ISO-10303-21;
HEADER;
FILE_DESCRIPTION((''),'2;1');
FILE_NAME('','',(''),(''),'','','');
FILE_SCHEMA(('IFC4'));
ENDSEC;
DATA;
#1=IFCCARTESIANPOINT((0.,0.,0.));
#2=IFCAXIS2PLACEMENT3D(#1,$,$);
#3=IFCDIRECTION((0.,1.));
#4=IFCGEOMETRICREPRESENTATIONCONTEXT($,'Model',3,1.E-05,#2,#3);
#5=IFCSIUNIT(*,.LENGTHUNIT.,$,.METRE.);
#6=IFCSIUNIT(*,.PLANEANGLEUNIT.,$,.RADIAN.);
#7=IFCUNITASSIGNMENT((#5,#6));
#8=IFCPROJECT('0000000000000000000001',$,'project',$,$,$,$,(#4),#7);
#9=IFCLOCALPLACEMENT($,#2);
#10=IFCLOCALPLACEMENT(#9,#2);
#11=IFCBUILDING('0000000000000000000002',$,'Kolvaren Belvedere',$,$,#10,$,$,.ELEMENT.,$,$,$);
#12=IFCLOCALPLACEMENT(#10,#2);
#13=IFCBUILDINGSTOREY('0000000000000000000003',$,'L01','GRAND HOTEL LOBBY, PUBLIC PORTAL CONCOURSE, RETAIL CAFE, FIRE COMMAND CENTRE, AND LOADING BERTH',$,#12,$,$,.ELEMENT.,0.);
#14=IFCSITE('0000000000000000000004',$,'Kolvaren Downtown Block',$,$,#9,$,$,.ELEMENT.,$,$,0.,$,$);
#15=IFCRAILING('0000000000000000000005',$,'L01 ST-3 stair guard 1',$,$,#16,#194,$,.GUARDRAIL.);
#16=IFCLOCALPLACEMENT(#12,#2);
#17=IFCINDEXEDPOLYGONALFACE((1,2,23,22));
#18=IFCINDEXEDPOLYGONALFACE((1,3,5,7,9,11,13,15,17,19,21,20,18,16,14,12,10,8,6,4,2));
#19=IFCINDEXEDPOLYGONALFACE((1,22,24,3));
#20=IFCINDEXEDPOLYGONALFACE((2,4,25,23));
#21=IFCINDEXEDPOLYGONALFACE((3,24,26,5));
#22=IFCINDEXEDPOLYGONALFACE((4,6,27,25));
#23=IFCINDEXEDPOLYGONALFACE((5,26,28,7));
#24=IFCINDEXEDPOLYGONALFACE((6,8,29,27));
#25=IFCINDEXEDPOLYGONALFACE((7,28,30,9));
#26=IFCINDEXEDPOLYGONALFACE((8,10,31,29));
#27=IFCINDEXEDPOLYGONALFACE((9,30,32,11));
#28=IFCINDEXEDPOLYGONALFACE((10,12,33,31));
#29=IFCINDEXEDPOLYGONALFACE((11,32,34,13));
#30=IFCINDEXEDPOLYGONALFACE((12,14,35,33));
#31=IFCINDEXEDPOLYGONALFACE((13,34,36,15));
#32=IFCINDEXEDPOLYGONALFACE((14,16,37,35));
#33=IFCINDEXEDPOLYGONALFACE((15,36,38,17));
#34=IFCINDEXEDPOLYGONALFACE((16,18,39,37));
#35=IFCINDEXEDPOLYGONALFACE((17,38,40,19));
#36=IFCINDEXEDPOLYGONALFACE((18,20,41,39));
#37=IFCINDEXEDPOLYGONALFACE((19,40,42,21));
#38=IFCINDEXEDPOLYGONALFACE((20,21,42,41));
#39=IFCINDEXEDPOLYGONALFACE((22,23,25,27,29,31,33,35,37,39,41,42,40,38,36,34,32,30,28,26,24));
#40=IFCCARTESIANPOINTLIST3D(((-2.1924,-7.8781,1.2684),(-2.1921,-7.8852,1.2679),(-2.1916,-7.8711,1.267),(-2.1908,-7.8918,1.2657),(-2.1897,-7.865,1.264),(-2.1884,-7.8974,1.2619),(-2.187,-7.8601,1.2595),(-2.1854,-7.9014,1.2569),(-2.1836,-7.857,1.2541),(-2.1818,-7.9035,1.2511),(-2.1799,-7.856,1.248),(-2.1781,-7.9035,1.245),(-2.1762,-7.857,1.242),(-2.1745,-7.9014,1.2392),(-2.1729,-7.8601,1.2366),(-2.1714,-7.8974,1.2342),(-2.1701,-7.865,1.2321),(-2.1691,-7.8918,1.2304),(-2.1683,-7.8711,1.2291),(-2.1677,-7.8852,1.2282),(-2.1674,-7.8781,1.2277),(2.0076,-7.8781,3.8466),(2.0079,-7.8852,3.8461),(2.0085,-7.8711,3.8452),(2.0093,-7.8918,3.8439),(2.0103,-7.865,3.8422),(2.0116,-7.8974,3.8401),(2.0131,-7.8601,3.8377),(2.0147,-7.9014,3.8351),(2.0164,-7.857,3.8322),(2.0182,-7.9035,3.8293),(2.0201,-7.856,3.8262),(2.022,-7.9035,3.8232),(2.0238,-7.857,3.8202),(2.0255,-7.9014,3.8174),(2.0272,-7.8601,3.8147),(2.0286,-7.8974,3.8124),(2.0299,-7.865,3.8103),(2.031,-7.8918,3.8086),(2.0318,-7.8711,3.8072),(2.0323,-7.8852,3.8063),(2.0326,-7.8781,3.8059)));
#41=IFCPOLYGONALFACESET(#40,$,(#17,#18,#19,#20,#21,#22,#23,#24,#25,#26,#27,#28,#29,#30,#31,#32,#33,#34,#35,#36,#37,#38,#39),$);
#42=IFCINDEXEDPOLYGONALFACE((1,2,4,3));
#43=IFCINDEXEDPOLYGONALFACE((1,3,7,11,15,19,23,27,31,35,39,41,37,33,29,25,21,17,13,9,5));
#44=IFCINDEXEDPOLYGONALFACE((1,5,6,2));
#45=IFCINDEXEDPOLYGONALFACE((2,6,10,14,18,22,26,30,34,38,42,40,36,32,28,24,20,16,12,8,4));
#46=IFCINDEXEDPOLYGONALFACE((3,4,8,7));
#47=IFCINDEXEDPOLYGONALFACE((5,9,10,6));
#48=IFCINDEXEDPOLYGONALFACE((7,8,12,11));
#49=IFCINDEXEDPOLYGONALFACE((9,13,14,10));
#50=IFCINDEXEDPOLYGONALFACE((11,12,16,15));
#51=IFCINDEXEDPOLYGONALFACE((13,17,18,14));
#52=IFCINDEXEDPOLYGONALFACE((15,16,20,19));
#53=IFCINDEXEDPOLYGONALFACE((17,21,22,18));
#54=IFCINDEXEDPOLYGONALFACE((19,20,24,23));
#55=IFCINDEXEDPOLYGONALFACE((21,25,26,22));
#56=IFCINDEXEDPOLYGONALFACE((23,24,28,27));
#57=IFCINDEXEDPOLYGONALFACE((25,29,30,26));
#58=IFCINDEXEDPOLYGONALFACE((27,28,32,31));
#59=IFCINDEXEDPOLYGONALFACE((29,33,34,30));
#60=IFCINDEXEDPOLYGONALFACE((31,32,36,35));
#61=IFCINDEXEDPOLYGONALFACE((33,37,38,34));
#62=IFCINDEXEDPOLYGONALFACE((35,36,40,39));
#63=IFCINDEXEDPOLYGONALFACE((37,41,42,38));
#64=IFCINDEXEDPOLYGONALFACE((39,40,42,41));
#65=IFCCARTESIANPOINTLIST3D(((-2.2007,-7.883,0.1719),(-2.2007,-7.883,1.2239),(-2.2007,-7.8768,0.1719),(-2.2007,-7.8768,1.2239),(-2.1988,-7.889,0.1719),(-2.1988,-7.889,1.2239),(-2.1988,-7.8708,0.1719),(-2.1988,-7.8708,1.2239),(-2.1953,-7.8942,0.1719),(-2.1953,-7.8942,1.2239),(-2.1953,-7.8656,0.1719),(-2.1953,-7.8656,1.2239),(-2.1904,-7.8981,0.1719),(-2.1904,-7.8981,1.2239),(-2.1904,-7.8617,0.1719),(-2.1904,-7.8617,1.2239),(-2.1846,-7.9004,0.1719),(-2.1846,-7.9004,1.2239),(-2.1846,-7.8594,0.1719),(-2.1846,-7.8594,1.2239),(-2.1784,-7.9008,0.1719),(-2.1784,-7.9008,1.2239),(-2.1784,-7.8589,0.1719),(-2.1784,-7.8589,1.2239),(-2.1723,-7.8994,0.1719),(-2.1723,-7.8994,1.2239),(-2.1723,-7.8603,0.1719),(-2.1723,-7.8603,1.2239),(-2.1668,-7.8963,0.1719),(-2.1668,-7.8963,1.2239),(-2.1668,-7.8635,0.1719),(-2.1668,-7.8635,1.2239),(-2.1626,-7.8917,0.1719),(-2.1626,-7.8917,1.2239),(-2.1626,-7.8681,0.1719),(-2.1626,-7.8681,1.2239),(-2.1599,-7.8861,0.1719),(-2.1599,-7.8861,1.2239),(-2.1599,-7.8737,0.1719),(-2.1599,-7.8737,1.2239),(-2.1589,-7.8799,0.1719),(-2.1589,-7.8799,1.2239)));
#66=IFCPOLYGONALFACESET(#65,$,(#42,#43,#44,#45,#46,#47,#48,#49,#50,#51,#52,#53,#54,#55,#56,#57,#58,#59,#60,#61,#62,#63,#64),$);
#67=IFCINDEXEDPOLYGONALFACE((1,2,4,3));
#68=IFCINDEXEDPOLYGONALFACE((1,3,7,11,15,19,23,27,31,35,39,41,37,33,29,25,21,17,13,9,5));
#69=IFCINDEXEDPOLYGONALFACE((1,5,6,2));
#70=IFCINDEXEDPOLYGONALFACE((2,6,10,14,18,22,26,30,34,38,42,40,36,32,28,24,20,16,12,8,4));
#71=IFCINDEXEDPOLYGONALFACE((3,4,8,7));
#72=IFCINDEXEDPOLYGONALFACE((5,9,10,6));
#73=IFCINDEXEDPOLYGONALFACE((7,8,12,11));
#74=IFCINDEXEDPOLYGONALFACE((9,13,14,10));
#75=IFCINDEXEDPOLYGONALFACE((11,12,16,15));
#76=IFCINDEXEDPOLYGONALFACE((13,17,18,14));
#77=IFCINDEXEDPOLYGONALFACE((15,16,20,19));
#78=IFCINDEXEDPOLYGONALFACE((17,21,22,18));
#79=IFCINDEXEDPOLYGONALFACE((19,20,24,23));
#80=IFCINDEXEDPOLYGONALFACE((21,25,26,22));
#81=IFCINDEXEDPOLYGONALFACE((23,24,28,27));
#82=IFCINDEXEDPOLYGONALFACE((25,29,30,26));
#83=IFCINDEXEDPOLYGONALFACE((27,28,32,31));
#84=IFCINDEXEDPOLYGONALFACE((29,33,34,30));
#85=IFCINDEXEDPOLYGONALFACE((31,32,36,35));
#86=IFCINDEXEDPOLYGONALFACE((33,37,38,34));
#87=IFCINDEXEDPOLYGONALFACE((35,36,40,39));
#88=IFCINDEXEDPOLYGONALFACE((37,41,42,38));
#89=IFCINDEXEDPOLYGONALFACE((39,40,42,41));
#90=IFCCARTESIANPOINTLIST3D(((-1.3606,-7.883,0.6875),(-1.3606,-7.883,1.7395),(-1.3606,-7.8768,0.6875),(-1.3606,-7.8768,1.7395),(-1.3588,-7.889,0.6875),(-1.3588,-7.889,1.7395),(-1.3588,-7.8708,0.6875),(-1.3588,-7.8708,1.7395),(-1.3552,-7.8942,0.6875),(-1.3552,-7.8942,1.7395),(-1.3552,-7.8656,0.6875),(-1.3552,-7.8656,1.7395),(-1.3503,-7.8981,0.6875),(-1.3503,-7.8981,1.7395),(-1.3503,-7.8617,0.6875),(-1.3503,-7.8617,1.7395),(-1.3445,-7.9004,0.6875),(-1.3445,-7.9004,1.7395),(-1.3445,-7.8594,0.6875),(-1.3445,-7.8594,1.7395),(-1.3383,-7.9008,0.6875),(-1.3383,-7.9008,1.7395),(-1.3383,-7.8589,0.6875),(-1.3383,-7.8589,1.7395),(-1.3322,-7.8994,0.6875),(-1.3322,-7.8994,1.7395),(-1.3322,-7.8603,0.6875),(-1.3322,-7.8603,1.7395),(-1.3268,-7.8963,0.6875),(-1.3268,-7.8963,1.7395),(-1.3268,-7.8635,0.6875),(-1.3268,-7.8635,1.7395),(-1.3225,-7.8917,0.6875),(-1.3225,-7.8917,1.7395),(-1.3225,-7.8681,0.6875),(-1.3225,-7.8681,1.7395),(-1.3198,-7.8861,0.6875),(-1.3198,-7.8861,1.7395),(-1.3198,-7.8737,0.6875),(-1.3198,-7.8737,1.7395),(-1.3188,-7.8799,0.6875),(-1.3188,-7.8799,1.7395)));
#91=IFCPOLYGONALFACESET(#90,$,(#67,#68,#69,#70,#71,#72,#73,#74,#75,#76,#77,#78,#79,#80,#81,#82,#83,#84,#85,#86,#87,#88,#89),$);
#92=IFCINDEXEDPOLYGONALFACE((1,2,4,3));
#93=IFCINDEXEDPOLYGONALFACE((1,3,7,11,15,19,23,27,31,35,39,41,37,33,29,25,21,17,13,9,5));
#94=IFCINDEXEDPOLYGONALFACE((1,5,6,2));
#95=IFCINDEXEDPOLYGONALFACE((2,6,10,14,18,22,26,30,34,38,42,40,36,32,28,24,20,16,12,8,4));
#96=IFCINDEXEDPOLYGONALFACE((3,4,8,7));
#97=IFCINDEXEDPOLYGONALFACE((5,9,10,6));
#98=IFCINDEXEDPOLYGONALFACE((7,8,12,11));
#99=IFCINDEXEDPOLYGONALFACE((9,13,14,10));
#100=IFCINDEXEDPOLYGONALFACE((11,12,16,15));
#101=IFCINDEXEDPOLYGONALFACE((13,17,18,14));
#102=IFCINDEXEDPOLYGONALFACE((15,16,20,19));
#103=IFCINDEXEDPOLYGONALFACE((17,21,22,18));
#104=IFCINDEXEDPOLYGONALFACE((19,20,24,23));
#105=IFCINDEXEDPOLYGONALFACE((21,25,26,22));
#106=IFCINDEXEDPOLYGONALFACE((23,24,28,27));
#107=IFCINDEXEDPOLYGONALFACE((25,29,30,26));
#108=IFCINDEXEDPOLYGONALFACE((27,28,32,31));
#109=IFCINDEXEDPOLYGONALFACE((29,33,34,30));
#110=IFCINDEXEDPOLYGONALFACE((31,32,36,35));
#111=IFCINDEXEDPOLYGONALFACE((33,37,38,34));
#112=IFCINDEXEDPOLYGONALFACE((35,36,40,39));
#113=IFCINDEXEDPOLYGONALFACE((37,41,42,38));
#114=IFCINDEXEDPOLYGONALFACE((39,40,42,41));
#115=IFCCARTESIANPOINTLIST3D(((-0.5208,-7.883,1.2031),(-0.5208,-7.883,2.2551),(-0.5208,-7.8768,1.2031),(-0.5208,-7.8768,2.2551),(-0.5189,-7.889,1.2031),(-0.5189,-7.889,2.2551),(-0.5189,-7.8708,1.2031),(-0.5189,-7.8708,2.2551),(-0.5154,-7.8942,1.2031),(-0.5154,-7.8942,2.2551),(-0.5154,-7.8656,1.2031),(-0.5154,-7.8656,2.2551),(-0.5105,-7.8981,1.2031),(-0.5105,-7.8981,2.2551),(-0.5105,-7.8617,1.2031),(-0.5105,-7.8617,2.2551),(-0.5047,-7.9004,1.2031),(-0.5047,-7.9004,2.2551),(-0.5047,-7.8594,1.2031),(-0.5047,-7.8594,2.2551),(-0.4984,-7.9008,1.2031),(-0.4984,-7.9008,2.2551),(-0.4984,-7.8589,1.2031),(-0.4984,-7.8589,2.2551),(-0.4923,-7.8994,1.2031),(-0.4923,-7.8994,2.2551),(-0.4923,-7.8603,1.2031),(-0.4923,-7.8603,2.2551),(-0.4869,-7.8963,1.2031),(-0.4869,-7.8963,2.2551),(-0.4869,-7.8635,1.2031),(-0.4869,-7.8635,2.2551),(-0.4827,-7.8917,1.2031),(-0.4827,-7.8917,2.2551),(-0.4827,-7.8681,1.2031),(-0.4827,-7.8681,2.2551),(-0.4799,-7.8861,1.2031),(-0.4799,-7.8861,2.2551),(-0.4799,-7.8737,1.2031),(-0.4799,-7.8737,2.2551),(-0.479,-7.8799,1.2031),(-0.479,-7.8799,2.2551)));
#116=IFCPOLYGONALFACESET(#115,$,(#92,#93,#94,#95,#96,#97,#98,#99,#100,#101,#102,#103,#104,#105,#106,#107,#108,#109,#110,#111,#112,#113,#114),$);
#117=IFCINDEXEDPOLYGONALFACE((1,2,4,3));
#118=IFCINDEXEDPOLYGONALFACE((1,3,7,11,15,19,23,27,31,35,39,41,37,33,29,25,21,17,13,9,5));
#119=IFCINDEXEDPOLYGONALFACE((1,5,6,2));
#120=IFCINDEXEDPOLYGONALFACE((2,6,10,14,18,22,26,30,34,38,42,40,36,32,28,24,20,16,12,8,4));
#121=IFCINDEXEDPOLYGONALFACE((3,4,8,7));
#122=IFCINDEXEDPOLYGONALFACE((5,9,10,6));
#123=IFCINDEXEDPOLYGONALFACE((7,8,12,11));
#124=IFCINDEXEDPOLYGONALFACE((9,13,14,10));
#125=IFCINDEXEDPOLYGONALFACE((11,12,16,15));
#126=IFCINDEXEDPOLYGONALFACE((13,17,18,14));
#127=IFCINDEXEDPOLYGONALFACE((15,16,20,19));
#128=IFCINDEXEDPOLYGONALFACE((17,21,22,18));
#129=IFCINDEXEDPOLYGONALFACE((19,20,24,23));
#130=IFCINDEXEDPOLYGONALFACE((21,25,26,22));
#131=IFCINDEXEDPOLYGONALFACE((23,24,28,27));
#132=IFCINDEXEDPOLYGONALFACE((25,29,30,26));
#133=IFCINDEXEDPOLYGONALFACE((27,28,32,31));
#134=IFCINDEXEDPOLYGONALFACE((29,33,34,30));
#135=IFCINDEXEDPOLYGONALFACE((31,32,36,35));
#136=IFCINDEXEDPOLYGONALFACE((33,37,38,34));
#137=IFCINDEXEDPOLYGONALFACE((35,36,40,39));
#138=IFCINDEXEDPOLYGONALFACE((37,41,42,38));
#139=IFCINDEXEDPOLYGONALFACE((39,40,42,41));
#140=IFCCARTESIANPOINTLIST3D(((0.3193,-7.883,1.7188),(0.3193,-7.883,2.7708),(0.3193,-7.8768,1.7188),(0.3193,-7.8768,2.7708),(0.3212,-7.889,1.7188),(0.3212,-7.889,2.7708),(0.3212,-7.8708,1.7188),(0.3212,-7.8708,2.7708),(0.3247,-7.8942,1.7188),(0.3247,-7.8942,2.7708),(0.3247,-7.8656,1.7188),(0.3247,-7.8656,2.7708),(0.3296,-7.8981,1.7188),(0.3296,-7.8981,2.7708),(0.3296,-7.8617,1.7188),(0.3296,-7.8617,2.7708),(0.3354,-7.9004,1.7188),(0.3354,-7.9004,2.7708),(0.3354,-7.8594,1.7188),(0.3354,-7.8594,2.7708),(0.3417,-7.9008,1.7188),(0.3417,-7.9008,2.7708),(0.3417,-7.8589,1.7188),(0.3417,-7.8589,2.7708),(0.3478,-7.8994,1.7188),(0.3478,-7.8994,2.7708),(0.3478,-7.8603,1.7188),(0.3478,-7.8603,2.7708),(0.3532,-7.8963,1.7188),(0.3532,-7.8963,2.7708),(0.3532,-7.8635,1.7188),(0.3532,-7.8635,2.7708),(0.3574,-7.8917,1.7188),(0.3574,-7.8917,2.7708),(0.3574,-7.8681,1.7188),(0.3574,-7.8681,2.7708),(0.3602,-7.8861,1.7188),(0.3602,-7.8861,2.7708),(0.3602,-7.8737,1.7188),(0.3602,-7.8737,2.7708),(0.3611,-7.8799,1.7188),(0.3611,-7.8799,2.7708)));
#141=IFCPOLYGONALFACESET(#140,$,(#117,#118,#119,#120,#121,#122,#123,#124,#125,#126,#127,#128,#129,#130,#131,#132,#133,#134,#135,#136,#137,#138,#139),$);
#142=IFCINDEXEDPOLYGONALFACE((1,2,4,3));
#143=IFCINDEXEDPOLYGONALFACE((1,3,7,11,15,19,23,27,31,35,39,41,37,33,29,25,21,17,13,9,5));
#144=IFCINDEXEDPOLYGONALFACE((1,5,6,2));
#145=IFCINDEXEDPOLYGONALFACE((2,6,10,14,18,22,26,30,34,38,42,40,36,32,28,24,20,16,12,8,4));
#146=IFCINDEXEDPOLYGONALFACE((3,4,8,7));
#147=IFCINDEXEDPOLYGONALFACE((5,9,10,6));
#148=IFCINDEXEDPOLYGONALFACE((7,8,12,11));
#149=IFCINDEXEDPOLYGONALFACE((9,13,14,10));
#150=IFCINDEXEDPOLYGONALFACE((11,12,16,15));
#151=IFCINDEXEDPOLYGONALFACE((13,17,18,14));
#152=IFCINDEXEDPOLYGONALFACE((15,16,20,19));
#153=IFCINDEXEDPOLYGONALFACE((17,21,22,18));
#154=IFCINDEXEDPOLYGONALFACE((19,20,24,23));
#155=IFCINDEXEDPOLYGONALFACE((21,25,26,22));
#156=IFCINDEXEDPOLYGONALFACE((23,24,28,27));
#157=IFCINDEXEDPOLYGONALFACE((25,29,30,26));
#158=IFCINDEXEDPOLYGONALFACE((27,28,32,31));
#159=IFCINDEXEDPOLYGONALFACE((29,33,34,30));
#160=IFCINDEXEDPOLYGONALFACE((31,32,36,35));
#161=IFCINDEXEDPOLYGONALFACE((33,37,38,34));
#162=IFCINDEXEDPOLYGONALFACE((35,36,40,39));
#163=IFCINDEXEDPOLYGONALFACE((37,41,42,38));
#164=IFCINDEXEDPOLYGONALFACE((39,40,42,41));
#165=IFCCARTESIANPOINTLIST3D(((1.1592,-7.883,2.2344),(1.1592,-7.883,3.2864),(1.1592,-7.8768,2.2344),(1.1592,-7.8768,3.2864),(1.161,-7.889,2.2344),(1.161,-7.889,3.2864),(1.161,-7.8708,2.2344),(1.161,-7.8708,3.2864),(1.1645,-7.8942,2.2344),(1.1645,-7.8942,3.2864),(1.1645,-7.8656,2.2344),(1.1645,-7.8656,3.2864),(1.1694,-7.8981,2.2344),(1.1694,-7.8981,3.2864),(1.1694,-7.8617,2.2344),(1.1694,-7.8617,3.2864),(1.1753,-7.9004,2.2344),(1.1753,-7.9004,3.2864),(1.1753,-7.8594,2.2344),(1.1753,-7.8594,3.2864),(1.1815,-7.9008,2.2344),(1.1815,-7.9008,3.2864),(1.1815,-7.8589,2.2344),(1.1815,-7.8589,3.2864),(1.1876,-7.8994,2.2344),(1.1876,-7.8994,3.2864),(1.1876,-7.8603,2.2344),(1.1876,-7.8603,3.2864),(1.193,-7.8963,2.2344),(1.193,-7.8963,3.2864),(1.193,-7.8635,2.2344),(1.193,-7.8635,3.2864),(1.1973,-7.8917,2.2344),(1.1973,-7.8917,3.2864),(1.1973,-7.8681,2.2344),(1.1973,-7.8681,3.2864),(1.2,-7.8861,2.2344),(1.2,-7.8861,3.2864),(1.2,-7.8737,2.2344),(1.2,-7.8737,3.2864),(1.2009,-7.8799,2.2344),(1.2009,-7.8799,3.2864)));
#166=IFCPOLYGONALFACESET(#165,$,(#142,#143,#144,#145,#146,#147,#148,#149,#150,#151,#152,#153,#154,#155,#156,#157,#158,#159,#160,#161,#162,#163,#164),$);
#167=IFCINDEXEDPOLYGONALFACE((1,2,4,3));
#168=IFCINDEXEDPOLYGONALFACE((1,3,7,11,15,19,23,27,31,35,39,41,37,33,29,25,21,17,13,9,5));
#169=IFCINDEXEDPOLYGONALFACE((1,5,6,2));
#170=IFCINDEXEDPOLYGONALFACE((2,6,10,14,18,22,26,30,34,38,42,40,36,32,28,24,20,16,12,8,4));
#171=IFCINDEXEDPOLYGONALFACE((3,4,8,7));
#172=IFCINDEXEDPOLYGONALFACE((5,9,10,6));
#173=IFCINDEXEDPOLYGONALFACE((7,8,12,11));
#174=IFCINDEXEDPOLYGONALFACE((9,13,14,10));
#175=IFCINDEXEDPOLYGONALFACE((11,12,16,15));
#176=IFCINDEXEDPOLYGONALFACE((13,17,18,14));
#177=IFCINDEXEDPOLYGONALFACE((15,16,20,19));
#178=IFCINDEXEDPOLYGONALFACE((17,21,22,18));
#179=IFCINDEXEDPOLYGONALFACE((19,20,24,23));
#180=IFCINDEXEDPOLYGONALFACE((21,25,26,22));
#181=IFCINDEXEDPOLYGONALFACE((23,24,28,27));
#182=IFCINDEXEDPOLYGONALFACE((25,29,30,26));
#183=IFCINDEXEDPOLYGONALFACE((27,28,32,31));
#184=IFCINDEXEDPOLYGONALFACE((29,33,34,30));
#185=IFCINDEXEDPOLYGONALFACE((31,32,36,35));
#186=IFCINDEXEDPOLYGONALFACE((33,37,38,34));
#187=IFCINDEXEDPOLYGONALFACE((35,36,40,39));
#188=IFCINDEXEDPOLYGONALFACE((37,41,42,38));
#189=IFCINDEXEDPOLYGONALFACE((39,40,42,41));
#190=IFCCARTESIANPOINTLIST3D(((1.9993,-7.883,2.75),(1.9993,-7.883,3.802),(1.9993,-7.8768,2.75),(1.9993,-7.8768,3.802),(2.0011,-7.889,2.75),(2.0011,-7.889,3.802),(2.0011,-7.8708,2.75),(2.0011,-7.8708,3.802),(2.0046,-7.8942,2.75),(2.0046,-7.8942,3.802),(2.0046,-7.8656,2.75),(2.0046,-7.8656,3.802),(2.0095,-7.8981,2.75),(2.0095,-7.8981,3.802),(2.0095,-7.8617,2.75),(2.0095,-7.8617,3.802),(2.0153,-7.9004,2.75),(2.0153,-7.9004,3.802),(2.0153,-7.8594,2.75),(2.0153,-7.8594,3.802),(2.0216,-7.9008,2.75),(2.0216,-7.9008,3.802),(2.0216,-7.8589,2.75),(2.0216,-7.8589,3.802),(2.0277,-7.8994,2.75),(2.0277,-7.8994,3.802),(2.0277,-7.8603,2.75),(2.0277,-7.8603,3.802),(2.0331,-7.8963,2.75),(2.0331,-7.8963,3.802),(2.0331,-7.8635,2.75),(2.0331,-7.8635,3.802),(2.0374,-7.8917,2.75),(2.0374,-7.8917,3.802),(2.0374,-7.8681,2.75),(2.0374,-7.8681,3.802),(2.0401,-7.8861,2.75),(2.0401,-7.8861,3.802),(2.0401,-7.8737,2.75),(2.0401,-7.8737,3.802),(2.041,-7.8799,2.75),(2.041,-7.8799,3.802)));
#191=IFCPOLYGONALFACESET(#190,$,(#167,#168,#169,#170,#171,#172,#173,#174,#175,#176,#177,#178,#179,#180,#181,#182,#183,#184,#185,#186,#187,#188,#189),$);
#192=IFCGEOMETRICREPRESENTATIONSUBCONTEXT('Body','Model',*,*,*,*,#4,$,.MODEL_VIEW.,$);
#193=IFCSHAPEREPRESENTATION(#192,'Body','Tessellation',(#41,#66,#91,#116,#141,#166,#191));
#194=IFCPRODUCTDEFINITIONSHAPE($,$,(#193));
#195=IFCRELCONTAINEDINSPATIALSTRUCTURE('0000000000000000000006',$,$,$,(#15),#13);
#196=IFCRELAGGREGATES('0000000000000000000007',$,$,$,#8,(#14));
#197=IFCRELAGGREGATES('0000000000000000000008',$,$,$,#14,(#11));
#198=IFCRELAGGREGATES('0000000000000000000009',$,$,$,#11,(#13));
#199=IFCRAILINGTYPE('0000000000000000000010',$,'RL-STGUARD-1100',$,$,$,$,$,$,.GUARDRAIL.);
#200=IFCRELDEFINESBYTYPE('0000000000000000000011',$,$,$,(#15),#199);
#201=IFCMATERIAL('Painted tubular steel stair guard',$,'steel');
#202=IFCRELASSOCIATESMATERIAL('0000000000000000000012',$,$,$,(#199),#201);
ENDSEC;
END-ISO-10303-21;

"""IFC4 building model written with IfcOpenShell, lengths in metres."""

from ifc_helpers import new_model, si_unit, direction, frame, origin, origin_2d, place, context, subcontext, project, spatial, circle, extrude, material, type_object, element, save


model = new_model("IFC4")

# Units and contexts
model_context = context("Model", 3, precision=1e-05, world=origin(), true_north=direction((0.0, 1.0)))
body_context = subcontext(model_context, "Body", "Model", "MODEL_VIEW")
ifc_project = project(units=[si_unit("LENGTHUNIT", "METRE"), si_unit("PLANEANGLEUNIT", "RADIAN")], contexts=[model_context])

# Site, building, storey
site_placement = place(None, origin())
site = spatial("IfcSite", under=ifc_project, at=site_placement, Name="Kolvaren Downtown Block", CompositionType="ELEMENT", RefElevation=0.0)
building_placement = place(site_placement, origin())
building = spatial("IfcBuilding", under=site, at=building_placement, Name="Kolvaren Belvedere", CompositionType="ELEMENT")
storey_placement = place(building_placement, origin())
storey = spatial("IfcBuildingStorey", under=building, at=storey_placement, Name="L01", Description="GRAND HOTEL LOBBY, PUBLIC PORTAL CONCOURSE, RETAIL CAFE, FIRE COMMAND CENTRE, AND LOADING BERTH", CompositionType="ELEMENT", Elevation=0.0)

# Railing
ifc_material_1 = material(Name="Painted tubular steel stair guard", Category="steel")
railing_type_1 = type_object("IfcRailingType", Name="RL-STGUARD-1100", PredefinedType="GUARDRAIL", material=ifc_material_1)
railing_1_placement = place(storey_placement, frame((-2.1799, -7.8799, 0.1719)))
element("IfcRailing", 1, at=railing_1_placement, inside=storey, type_object=railing_type_1, Name="L01 ST-3 stair guard 1", PredefinedType="GUARDRAIL", context=body_context, shape_type="SweptSolid", body=[
    extrude(circle(Radius=0.0239, at=origin_2d()), frame((0.0, 0.0, 1.0762), z_axis=(0.852243, 0.0, 0.523146), x_axis=(0.0, 1.0, 0.0)), (0.0, 0.0, 1.0), 4.9282),
    extrude(circle(Radius=0.021, at=origin_2d()), origin(), (0.0, 0.0, 1.0), 1.052),
    extrude(circle(Radius=0.021, at=origin_2d()), frame((0.8401, 0.0, 0.5156)), (0.0, 0.0, 1.0), 1.052),
    extrude(circle(Radius=0.021, at=origin_2d()), frame((1.6799, 0.0, 1.0312)), (0.0, 0.0, 1.0), 1.052),
    extrude(circle(Radius=0.021, at=origin_2d()), frame((2.52, 0.0, 1.5469)), (0.0, 0.0, 1.0), 1.052),
    extrude(circle(Radius=0.021, at=origin_2d()), frame((3.3599, 0.0, 2.0625)), (0.0, 0.0, 1.0), 1.052),
    extrude(circle(Radius=0.021, at=origin_2d()), frame((4.2, 0.0, 2.5781)), (0.0, 0.0, 1.0), 1.052),
])

save(model, "model.ifc")
